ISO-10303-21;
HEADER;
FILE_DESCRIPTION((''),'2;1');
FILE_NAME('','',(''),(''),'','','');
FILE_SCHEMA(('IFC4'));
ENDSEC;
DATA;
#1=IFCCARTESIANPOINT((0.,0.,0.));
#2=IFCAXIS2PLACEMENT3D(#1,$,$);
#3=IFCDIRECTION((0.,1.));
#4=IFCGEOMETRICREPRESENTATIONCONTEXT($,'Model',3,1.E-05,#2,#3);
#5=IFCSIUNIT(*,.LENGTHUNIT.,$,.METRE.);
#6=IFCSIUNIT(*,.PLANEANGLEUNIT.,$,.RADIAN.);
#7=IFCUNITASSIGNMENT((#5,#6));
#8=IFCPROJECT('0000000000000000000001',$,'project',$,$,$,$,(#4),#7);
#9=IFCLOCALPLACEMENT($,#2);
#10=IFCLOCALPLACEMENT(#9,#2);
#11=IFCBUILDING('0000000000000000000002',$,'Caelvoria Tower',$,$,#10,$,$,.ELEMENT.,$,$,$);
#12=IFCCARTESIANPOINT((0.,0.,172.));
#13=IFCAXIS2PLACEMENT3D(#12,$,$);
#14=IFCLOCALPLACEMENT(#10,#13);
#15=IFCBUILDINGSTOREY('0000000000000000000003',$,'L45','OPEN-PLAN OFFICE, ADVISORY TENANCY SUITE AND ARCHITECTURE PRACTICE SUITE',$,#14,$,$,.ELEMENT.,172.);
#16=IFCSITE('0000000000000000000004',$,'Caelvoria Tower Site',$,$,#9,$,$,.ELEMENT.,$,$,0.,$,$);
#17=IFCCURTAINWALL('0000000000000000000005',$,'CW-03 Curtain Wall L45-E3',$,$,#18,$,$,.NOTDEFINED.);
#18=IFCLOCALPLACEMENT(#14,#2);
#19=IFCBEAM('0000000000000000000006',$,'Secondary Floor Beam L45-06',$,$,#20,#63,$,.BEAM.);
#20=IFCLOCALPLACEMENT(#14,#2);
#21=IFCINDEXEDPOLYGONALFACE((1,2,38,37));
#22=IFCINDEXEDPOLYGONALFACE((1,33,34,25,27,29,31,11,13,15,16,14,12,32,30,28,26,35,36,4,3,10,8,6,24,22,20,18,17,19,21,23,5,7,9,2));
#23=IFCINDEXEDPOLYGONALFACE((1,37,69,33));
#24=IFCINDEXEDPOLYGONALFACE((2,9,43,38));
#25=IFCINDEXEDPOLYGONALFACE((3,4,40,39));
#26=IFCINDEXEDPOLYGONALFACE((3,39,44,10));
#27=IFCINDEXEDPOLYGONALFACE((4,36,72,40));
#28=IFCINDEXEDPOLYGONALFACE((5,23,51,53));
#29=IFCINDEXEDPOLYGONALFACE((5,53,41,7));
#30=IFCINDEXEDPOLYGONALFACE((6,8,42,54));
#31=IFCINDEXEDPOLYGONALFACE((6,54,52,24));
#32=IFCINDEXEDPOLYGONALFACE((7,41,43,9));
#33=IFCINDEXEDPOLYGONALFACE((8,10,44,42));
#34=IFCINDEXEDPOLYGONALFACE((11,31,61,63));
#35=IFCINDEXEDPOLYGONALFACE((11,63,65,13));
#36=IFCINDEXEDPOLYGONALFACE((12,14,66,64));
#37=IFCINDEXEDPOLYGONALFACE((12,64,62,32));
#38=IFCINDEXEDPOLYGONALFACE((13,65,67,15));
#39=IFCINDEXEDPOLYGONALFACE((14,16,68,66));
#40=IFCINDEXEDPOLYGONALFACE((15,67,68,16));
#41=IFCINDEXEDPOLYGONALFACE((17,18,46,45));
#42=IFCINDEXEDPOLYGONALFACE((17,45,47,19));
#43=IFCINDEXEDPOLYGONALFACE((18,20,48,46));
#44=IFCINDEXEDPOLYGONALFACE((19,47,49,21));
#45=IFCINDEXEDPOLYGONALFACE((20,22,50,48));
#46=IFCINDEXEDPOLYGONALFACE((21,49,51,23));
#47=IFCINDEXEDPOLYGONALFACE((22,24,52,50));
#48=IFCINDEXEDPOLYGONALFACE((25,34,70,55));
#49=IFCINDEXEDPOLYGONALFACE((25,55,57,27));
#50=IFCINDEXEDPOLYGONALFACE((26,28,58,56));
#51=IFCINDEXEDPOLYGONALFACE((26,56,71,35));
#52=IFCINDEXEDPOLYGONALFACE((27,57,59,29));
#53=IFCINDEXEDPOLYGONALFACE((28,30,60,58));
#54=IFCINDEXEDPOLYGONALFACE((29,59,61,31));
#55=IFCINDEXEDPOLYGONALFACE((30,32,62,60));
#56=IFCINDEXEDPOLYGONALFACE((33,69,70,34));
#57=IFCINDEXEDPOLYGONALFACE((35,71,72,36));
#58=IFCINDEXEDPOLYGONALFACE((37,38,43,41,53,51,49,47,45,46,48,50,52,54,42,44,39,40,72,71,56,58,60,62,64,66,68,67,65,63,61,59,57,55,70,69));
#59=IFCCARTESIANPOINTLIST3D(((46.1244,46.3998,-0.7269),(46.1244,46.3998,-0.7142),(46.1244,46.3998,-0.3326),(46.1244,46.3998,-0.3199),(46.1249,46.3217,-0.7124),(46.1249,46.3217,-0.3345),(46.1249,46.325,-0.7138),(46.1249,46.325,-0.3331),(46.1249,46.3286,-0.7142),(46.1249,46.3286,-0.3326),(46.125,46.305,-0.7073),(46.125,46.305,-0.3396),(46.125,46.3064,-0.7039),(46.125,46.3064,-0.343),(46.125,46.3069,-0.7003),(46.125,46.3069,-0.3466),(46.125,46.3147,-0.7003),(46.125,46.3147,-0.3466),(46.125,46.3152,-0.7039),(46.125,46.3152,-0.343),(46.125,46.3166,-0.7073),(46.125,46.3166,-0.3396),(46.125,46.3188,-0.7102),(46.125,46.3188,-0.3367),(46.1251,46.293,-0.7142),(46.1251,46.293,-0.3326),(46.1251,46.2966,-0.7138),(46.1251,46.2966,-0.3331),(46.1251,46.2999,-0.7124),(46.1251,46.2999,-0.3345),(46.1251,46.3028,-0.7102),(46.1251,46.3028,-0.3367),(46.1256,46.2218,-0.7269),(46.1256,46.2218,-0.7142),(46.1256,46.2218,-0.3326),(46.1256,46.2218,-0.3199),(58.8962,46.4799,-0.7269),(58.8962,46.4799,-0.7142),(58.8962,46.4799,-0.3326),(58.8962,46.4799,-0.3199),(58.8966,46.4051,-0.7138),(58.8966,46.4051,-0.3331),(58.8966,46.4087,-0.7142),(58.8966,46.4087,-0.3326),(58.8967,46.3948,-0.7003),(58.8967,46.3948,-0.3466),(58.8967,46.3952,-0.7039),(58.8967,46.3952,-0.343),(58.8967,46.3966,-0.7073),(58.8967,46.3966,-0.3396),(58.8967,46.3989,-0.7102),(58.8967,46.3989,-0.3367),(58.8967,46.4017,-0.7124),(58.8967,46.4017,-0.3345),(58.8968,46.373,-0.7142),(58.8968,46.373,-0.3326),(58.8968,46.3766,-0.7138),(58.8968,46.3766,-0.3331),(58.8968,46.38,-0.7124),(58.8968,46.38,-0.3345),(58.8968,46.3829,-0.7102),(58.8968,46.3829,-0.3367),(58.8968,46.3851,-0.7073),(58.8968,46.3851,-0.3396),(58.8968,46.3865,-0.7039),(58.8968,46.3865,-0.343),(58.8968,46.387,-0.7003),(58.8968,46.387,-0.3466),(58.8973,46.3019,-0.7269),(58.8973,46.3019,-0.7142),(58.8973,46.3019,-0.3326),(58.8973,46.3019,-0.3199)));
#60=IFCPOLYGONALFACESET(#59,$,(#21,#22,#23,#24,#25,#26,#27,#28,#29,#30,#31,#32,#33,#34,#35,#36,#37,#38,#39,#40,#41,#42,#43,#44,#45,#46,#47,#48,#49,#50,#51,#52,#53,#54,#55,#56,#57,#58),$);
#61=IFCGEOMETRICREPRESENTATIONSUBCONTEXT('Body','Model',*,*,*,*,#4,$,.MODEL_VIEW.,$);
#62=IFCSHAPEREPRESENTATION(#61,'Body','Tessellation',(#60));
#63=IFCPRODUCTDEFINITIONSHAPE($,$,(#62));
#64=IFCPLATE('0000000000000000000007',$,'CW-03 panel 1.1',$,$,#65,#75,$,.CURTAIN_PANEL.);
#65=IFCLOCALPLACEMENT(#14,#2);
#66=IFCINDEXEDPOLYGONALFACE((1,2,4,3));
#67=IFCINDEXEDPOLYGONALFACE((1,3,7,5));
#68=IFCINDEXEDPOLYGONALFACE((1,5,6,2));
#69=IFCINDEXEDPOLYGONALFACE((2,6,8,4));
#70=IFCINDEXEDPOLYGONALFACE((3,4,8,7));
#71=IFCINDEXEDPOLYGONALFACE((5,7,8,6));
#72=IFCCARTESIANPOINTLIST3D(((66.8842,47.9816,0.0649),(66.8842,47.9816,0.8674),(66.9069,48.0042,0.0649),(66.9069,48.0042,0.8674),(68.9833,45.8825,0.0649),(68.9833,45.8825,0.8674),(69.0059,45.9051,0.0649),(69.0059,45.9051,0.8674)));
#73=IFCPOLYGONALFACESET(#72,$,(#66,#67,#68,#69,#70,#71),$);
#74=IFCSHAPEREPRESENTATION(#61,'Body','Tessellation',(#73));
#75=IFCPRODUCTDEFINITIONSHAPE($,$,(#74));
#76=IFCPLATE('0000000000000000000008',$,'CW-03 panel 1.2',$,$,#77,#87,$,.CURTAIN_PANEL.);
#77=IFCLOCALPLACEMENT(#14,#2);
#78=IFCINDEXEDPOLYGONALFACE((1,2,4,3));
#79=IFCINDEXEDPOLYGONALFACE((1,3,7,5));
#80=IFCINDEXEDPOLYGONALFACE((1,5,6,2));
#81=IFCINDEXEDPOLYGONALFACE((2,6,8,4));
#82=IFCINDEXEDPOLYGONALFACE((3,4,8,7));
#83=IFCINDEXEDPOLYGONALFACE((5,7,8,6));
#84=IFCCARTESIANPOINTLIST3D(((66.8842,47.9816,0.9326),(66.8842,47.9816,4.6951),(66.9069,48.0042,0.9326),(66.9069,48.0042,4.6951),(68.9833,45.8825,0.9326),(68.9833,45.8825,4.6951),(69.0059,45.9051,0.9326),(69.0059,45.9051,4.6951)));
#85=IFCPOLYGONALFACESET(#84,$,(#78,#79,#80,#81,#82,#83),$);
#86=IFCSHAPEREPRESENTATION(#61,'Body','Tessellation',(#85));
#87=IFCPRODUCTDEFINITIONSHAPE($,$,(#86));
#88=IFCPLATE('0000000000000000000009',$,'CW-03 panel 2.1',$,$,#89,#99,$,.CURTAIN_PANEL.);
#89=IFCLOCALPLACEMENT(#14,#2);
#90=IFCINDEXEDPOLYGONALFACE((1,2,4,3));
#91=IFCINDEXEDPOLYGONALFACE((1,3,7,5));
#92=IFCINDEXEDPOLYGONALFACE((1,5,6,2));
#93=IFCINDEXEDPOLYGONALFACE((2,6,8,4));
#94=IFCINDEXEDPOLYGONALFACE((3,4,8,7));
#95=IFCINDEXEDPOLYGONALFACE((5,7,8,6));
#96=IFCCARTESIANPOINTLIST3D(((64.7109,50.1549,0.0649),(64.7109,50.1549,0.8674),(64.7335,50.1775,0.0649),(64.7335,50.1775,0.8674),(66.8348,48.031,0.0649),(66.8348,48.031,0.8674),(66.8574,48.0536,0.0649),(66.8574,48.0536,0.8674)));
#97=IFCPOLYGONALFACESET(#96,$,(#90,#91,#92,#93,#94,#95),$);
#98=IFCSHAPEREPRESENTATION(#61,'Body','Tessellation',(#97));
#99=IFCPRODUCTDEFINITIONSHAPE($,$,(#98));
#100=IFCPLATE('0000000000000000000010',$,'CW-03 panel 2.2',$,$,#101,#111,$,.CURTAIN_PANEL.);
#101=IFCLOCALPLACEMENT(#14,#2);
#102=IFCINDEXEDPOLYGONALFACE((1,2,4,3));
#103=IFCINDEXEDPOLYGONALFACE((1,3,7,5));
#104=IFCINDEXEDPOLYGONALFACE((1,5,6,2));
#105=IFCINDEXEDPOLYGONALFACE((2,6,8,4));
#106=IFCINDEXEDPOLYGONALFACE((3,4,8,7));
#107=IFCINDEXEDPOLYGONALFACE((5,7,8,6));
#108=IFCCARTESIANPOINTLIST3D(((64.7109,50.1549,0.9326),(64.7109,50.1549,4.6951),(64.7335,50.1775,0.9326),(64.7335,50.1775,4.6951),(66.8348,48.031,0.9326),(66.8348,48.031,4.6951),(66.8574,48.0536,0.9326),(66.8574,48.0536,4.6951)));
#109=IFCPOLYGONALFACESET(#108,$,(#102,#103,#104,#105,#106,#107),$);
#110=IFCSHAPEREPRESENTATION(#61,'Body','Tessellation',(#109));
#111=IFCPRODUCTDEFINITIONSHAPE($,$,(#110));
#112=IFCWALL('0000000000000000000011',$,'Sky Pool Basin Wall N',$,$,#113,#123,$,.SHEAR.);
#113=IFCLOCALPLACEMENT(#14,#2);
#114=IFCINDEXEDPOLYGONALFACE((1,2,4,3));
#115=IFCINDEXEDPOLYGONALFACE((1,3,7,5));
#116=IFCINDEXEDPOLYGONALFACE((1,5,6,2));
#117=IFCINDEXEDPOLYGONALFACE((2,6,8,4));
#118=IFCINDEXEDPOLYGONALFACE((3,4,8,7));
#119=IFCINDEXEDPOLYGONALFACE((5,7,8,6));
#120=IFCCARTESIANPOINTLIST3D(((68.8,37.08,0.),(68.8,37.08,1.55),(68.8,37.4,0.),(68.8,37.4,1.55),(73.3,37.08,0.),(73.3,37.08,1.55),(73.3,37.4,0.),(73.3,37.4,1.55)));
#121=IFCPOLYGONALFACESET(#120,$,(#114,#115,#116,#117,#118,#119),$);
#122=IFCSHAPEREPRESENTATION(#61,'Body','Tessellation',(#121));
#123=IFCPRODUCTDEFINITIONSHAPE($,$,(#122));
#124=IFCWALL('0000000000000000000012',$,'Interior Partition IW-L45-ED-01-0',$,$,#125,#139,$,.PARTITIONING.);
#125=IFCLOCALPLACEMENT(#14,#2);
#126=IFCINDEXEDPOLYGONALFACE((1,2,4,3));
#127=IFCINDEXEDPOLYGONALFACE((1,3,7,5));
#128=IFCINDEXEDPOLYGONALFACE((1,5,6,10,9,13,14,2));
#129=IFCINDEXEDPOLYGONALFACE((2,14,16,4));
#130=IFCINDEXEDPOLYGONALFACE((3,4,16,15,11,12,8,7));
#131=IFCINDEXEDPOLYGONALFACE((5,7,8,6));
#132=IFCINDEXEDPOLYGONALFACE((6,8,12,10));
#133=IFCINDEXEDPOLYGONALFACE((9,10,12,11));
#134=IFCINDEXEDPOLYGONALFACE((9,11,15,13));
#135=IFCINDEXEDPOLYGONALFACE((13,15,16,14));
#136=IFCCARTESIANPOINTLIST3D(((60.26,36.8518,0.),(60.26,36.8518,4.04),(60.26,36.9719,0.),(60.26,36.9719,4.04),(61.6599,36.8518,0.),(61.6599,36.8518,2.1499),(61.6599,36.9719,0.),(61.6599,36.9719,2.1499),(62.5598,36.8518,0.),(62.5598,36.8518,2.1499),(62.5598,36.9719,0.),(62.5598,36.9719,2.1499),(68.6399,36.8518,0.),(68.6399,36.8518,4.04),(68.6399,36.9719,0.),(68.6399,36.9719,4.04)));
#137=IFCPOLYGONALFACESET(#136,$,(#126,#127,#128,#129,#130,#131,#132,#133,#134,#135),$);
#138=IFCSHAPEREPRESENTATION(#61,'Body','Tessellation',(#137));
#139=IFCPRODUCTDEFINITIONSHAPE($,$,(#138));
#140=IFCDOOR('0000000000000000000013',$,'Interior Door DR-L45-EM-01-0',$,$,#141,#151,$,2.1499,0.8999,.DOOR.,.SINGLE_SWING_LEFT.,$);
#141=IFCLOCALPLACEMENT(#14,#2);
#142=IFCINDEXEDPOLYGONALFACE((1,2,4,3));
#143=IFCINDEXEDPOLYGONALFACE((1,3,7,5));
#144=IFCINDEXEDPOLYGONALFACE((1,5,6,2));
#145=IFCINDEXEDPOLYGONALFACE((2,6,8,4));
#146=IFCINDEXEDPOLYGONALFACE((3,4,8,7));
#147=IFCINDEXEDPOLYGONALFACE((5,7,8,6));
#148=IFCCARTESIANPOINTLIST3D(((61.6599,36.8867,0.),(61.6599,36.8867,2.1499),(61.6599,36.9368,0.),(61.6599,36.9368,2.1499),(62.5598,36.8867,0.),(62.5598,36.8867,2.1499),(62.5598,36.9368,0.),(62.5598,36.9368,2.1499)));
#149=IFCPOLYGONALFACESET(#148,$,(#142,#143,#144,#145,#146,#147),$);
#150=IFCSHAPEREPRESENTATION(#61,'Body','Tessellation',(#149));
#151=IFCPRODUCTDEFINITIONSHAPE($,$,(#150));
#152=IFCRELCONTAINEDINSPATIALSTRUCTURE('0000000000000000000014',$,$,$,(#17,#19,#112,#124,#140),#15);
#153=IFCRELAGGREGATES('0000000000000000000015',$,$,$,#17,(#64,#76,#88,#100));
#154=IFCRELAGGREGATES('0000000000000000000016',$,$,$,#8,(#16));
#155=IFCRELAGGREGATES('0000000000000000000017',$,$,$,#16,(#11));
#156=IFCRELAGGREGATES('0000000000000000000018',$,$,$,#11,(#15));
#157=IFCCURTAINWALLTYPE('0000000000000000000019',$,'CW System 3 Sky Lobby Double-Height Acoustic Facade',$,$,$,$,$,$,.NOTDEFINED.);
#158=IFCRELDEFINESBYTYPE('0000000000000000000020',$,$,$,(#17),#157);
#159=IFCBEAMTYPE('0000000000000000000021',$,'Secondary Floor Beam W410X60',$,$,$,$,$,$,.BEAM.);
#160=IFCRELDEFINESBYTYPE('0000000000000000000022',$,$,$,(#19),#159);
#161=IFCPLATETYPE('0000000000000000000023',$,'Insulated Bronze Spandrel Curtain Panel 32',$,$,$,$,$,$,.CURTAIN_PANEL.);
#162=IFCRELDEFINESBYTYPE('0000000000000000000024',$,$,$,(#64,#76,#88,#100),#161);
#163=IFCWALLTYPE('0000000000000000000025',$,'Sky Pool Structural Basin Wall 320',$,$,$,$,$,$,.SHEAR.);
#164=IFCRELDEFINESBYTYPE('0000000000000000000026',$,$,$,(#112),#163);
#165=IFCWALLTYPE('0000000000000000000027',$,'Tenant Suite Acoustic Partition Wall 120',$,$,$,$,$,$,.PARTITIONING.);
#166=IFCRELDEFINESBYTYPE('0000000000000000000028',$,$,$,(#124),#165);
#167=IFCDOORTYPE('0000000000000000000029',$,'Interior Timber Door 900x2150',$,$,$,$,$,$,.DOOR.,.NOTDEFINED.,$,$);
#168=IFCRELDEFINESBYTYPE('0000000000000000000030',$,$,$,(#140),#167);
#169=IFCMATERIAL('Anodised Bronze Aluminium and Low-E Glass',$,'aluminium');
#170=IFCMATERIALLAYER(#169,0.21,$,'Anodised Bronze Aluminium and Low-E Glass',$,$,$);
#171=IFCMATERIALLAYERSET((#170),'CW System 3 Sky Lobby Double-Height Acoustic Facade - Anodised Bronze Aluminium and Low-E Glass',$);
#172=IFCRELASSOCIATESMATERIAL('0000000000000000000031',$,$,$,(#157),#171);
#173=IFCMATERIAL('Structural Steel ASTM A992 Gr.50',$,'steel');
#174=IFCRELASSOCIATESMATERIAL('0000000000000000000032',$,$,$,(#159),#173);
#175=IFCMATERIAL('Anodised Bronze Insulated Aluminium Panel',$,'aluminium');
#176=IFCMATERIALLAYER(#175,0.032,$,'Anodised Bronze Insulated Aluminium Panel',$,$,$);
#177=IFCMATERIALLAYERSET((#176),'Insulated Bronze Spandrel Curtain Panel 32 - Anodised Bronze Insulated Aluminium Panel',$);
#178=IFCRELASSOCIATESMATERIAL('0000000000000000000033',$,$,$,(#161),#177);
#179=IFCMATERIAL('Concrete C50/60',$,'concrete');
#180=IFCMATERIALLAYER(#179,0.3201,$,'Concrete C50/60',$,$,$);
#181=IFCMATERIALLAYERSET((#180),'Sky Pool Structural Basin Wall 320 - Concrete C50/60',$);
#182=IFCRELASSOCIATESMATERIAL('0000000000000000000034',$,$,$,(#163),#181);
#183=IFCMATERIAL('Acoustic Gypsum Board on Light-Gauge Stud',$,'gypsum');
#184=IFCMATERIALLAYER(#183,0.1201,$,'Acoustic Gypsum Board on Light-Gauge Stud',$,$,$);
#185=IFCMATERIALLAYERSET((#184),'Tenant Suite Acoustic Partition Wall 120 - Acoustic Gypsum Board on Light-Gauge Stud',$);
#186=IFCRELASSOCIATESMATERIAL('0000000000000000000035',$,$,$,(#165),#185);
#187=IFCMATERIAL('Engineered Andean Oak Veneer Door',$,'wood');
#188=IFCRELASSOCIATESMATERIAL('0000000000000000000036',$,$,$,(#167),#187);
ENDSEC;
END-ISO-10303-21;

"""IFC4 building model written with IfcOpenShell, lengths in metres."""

from ifc_helpers import new_model, si_unit, direction, frame, frame_2d, origin, origin_2d, place, context, subcontext, project, spatial, rectangle, i_section, extrude, material, layer, layer_set, material_profile, profile_set, type_object, element, fill, aggregate, save


model = new_model("IFC4")

# Units and contexts
model_context = context("Model", 3, precision=1e-05, world=origin(), true_north=direction((0.0, 1.0)))
body_context = subcontext(model_context, "Body", "Model", "MODEL_VIEW")
ifc_project = project(units=[si_unit("LENGTHUNIT", "METRE"), si_unit("PLANEANGLEUNIT", "RADIAN")], contexts=[model_context])

# Site, building, storey
site_placement = place(None, origin())
site = spatial("IfcSite", under=ifc_project, at=site_placement, Name="Caelvoria Tower Site", CompositionType="ELEMENT", RefElevation=0.0)
building_placement = place(site_placement, origin())
building = spatial("IfcBuilding", under=site, at=building_placement, Name="Caelvoria Tower", CompositionType="ELEMENT")
storey_placement = place(building_placement, frame((0.0, 0.0, 172.0)))
storey = spatial("IfcBuildingStorey", under=building, at=storey_placement, Name="L45", Description="OPEN-PLAN OFFICE, ADVISORY TENANCY SUITE AND ARCHITECTURE PRACTICE SUITE", CompositionType="ELEMENT", Elevation=172.0)

# Curtain wall
ifc_material_1 = material(Name="Anodised Bronze Aluminium and Low-E Glass", Category="aluminium")
ifc_layer_1 = layer(ifc_material_1, 0.21, Name="Anodised Bronze Aluminium and Low-E Glass")
ifc_layer_set_1 = layer_set([ifc_layer_1], Name="CW System 3 Sky Lobby Double-Height Acoustic Facade - Anodised Bronze Aluminium and Low-E Glass")
curtain_wall_type = type_object("IfcCurtainWallType", Name="CW System 3 Sky Lobby Double-Height Acoustic Facade", PredefinedType="NOTDEFINED", material=ifc_layer_set_1)
curtain_wall_placement = place(storey_placement, origin())
curtain_wall = element("IfcCurtainWall", 1, at=curtain_wall_placement, inside=storey, type_object=curtain_wall_type, Name="CW-03 Curtain Wall L45-E3", PredefinedType="NOTDEFINED")

# Beam
ifc_material_2 = material(Name="Structural Steel ASTM A992 Gr.50", Category="steel")
ifc_material_profile_1 = material_profile(ifc_material_2, i_section(OverallWidth=0.178, OverallDepth=0.407, WebThickness=0.0078, FlangeThickness=0.0127, FilletRadius=0.0139, at=origin_2d()), Name="Structural Steel ASTM A992 Gr.50")
ifc_profile_set_1 = profile_set([ifc_material_profile_1], Name="W410X60 - Structural Steel ASTM A992 Gr.50")
beam_type_1 = type_object("IfcBeamType", Name="Secondary Floor Beam W410X60", PredefinedType="BEAM", material=ifc_profile_set_1)
beam_1_placement = place(storey_placement, frame((58.8967, 46.3909, -0.5234), z_axis=(-0.99998, -0.00627, 0.0), x_axis=(0.00627, -0.99998, 0.0)))
element("IfcBeam", 2, at=beam_1_placement, inside=storey, type_object=beam_type_1, Name="Secondary Floor Beam L45-06", PredefinedType="BEAM", context=body_context, shape_type="SweptSolid", body=[
    extrude(i_section(OverallWidth=0.178, OverallDepth=0.407, WebThickness=0.0078, FlangeThickness=0.0127, FilletRadius=0.0139, at=origin_2d()), origin(), (0.0, 0.0, 1.0), 12.772),
])

# Plates
ifc_material_3 = material(Name="Anodised Bronze Insulated Aluminium Panel", Category="aluminium")
ifc_layer_2 = layer(ifc_material_3, 0.032, Name="Anodised Bronze Insulated Aluminium Panel")
ifc_layer_set_2 = layer_set([ifc_layer_2], Name="Insulated Bronze Spandrel Curtain Panel 32 - Anodised Bronze Insulated Aluminium Panel")
plate_type = type_object("IfcPlateType", Name="Insulated Bronze Spandrel Curtain Panel 32", PredefinedType="CURTAIN_PANEL", material=ifc_layer_set_2)
plate_1_placement = place(storey_placement, frame((67.9451, 46.9434, 0.0649), z_axis=(0.0, 0.0, 1.0), x_axis=(-0.707107, 0.707107, 0.0)))
plate_1 = element("IfcPlate", 3, at=plate_1_placement, type_object=plate_type, Name="CW-03 panel 1.1", PredefinedType="CURTAIN_PANEL", context=body_context, shape_type="SweptSolid", body=[
    extrude(rectangle(XDim=2.9685, YDim=0.032, at=origin_2d()), origin(), (0.0, 0.0, 1.0), 0.8025),
])
plate_2_placement = place(storey_placement, frame((67.9451, 46.9434, 0.9326), z_axis=(0.0, 0.0, 1.0), x_axis=(-0.707107, 0.707107, 0.0)))
plate_2 = element("IfcPlate", 4, at=plate_2_placement, type_object=plate_type, Name="CW-03 panel 1.2", PredefinedType="CURTAIN_PANEL", context=body_context, shape_type="SweptSolid", body=[
    extrude(rectangle(XDim=2.9685, YDim=0.032, at=origin_2d()), origin(), (0.0, 0.0, 1.0), 3.7625),
])
plate_3_placement = place(storey_placement, frame((65.7842, 49.1042, 0.0649), z_axis=(0.0, 0.0, 1.0), x_axis=(-0.707107, 0.707107, 0.0)))
plate_3 = element("IfcPlate", 5, at=plate_3_placement, type_object=plate_type, Name="CW-03 panel 2.1", PredefinedType="CURTAIN_PANEL", context=body_context, shape_type="SweptSolid", body=[
    extrude(rectangle(XDim=3.0037, YDim=0.032, at=origin_2d()), origin(), (0.0, 0.0, 1.0), 0.8025),
])
plate_4_placement = place(storey_placement, frame((65.7842, 49.1042, 0.9326), z_axis=(0.0, 0.0, 1.0), x_axis=(-0.707107, 0.707107, 0.0)))
plate_4 = element("IfcPlate", 6, at=plate_4_placement, type_object=plate_type, Name="CW-03 panel 2.2", PredefinedType="CURTAIN_PANEL", context=body_context, shape_type="SweptSolid", body=[
    extrude(rectangle(XDim=3.0037, YDim=0.032, at=origin_2d()), origin(), (0.0, 0.0, 1.0), 3.7625),
])
aggregate(curtain_wall, [plate_1, plate_2, plate_3, plate_4])

# Wall
ifc_material_4 = material(Name="Concrete C50/60", Category="concrete")
ifc_layer_3 = layer(ifc_material_4, 0.3201, Name="Concrete C50/60")
ifc_layer_set_3 = layer_set([ifc_layer_3], Name="Sky Pool Structural Basin Wall 320 - Concrete C50/60")
wall_type_1 = type_object("IfcWallType", Name="Sky Pool Structural Basin Wall 320", PredefinedType="SHEAR", material=ifc_layer_set_3)
wall_1_placement = place(storey_placement, frame((68.8, 37.24, 0.0), z_axis=(0.0, 0.0, 1.0), x_axis=(1.0, 0.0, 0.0)))
element("IfcWall", 7, at=wall_1_placement, inside=storey, type_object=wall_type_1, Name="Sky Pool Basin Wall N", PredefinedType="SHEAR", context=body_context, shape_type="SweptSolid", body=[
    extrude(rectangle(XDim=4.5, YDim=0.3201, at=frame_2d((2.25, 0.0))), origin(), (0.0, 0.0, 1.0), 1.55),
])

# Wall, opening, door
ifc_material_5 = material(Name="Acoustic Gypsum Board on Light-Gauge Stud", Category="gypsum")
ifc_layer_4 = layer(ifc_material_5, 0.1201, Name="Acoustic Gypsum Board on Light-Gauge Stud")
ifc_layer_set_4 = layer_set([ifc_layer_4], Name="Tenant Suite Acoustic Partition Wall 120 - Acoustic Gypsum Board on Light-Gauge Stud")
wall_type_2 = type_object("IfcWallType", Name="Tenant Suite Acoustic Partition Wall 120", PredefinedType="PARTITIONING", material=ifc_layer_set_4)
wall_2_placement = place(storey_placement, frame((60.26, 36.9119, 0.0), z_axis=(0.0, 0.0, 1.0), x_axis=(1.0, 0.0, 0.0)))
wall_2 = element("IfcWall", 8, at=wall_2_placement, inside=storey, type_object=wall_type_2, Name="Interior Partition IW-L45-ED-01-0", PredefinedType="PARTITIONING", context=body_context, shape_type="SweptSolid", body=[
    extrude(rectangle(XDim=8.3799, YDim=0.1201, at=frame_2d((4.1899, 0.0))), origin(), (0.0, 0.0, 1.0), 4.04),
])
opening_1_placement = place(wall_2_placement, frame((1.3999, 0.0, 0.0)))
opening_1 = element("IfcOpeningElement", 9, at=opening_1_placement, cuts=wall_2, PredefinedType="OPENING", context=body_context, shape_type="SweptSolid", body=[
    extrude(rectangle(XDim=0.8999, YDim=2.1499, at=frame_2d((0.45, 1.075))), frame((0.0, 0.0701, 0.0), z_axis=(0.0, -1.0, 0.0), x_axis=(1.0, 0.0, 0.0)), (0.0, 0.0, 1.0), 0.1401),
])
ifc_material_6 = material(Name="Engineered Andean Oak Veneer Door", Category="wood")
door_type_1 = type_object("IfcDoorType", Name="Interior Timber Door 900x2150", OperationType="NOTDEFINED", PredefinedType="DOOR", material=ifc_material_6)
door_1_placement = place(opening_1_placement, origin())
door_1 = element("IfcDoor", 10, at=door_1_placement, inside=storey, type_object=door_type_1, Name="Interior Door DR-L45-EM-01-0", OperationType="SINGLE_SWING_LEFT", OverallHeight=2.1499, OverallWidth=0.8999, PredefinedType="DOOR", context=body_context, shape_type="SweptSolid", body=[
    extrude(rectangle(XDim=0.8999, YDim=2.1499, at=frame_2d((0.45, 1.075))), frame((0.0, 0.0249, 0.0), z_axis=(0.0, -1.0, 0.0), x_axis=(1.0, 0.0, 0.0)), (0.0, 0.0, 1.0), 0.05),
])
fill(opening_1, door_1)

save(model, "model.ifc")
